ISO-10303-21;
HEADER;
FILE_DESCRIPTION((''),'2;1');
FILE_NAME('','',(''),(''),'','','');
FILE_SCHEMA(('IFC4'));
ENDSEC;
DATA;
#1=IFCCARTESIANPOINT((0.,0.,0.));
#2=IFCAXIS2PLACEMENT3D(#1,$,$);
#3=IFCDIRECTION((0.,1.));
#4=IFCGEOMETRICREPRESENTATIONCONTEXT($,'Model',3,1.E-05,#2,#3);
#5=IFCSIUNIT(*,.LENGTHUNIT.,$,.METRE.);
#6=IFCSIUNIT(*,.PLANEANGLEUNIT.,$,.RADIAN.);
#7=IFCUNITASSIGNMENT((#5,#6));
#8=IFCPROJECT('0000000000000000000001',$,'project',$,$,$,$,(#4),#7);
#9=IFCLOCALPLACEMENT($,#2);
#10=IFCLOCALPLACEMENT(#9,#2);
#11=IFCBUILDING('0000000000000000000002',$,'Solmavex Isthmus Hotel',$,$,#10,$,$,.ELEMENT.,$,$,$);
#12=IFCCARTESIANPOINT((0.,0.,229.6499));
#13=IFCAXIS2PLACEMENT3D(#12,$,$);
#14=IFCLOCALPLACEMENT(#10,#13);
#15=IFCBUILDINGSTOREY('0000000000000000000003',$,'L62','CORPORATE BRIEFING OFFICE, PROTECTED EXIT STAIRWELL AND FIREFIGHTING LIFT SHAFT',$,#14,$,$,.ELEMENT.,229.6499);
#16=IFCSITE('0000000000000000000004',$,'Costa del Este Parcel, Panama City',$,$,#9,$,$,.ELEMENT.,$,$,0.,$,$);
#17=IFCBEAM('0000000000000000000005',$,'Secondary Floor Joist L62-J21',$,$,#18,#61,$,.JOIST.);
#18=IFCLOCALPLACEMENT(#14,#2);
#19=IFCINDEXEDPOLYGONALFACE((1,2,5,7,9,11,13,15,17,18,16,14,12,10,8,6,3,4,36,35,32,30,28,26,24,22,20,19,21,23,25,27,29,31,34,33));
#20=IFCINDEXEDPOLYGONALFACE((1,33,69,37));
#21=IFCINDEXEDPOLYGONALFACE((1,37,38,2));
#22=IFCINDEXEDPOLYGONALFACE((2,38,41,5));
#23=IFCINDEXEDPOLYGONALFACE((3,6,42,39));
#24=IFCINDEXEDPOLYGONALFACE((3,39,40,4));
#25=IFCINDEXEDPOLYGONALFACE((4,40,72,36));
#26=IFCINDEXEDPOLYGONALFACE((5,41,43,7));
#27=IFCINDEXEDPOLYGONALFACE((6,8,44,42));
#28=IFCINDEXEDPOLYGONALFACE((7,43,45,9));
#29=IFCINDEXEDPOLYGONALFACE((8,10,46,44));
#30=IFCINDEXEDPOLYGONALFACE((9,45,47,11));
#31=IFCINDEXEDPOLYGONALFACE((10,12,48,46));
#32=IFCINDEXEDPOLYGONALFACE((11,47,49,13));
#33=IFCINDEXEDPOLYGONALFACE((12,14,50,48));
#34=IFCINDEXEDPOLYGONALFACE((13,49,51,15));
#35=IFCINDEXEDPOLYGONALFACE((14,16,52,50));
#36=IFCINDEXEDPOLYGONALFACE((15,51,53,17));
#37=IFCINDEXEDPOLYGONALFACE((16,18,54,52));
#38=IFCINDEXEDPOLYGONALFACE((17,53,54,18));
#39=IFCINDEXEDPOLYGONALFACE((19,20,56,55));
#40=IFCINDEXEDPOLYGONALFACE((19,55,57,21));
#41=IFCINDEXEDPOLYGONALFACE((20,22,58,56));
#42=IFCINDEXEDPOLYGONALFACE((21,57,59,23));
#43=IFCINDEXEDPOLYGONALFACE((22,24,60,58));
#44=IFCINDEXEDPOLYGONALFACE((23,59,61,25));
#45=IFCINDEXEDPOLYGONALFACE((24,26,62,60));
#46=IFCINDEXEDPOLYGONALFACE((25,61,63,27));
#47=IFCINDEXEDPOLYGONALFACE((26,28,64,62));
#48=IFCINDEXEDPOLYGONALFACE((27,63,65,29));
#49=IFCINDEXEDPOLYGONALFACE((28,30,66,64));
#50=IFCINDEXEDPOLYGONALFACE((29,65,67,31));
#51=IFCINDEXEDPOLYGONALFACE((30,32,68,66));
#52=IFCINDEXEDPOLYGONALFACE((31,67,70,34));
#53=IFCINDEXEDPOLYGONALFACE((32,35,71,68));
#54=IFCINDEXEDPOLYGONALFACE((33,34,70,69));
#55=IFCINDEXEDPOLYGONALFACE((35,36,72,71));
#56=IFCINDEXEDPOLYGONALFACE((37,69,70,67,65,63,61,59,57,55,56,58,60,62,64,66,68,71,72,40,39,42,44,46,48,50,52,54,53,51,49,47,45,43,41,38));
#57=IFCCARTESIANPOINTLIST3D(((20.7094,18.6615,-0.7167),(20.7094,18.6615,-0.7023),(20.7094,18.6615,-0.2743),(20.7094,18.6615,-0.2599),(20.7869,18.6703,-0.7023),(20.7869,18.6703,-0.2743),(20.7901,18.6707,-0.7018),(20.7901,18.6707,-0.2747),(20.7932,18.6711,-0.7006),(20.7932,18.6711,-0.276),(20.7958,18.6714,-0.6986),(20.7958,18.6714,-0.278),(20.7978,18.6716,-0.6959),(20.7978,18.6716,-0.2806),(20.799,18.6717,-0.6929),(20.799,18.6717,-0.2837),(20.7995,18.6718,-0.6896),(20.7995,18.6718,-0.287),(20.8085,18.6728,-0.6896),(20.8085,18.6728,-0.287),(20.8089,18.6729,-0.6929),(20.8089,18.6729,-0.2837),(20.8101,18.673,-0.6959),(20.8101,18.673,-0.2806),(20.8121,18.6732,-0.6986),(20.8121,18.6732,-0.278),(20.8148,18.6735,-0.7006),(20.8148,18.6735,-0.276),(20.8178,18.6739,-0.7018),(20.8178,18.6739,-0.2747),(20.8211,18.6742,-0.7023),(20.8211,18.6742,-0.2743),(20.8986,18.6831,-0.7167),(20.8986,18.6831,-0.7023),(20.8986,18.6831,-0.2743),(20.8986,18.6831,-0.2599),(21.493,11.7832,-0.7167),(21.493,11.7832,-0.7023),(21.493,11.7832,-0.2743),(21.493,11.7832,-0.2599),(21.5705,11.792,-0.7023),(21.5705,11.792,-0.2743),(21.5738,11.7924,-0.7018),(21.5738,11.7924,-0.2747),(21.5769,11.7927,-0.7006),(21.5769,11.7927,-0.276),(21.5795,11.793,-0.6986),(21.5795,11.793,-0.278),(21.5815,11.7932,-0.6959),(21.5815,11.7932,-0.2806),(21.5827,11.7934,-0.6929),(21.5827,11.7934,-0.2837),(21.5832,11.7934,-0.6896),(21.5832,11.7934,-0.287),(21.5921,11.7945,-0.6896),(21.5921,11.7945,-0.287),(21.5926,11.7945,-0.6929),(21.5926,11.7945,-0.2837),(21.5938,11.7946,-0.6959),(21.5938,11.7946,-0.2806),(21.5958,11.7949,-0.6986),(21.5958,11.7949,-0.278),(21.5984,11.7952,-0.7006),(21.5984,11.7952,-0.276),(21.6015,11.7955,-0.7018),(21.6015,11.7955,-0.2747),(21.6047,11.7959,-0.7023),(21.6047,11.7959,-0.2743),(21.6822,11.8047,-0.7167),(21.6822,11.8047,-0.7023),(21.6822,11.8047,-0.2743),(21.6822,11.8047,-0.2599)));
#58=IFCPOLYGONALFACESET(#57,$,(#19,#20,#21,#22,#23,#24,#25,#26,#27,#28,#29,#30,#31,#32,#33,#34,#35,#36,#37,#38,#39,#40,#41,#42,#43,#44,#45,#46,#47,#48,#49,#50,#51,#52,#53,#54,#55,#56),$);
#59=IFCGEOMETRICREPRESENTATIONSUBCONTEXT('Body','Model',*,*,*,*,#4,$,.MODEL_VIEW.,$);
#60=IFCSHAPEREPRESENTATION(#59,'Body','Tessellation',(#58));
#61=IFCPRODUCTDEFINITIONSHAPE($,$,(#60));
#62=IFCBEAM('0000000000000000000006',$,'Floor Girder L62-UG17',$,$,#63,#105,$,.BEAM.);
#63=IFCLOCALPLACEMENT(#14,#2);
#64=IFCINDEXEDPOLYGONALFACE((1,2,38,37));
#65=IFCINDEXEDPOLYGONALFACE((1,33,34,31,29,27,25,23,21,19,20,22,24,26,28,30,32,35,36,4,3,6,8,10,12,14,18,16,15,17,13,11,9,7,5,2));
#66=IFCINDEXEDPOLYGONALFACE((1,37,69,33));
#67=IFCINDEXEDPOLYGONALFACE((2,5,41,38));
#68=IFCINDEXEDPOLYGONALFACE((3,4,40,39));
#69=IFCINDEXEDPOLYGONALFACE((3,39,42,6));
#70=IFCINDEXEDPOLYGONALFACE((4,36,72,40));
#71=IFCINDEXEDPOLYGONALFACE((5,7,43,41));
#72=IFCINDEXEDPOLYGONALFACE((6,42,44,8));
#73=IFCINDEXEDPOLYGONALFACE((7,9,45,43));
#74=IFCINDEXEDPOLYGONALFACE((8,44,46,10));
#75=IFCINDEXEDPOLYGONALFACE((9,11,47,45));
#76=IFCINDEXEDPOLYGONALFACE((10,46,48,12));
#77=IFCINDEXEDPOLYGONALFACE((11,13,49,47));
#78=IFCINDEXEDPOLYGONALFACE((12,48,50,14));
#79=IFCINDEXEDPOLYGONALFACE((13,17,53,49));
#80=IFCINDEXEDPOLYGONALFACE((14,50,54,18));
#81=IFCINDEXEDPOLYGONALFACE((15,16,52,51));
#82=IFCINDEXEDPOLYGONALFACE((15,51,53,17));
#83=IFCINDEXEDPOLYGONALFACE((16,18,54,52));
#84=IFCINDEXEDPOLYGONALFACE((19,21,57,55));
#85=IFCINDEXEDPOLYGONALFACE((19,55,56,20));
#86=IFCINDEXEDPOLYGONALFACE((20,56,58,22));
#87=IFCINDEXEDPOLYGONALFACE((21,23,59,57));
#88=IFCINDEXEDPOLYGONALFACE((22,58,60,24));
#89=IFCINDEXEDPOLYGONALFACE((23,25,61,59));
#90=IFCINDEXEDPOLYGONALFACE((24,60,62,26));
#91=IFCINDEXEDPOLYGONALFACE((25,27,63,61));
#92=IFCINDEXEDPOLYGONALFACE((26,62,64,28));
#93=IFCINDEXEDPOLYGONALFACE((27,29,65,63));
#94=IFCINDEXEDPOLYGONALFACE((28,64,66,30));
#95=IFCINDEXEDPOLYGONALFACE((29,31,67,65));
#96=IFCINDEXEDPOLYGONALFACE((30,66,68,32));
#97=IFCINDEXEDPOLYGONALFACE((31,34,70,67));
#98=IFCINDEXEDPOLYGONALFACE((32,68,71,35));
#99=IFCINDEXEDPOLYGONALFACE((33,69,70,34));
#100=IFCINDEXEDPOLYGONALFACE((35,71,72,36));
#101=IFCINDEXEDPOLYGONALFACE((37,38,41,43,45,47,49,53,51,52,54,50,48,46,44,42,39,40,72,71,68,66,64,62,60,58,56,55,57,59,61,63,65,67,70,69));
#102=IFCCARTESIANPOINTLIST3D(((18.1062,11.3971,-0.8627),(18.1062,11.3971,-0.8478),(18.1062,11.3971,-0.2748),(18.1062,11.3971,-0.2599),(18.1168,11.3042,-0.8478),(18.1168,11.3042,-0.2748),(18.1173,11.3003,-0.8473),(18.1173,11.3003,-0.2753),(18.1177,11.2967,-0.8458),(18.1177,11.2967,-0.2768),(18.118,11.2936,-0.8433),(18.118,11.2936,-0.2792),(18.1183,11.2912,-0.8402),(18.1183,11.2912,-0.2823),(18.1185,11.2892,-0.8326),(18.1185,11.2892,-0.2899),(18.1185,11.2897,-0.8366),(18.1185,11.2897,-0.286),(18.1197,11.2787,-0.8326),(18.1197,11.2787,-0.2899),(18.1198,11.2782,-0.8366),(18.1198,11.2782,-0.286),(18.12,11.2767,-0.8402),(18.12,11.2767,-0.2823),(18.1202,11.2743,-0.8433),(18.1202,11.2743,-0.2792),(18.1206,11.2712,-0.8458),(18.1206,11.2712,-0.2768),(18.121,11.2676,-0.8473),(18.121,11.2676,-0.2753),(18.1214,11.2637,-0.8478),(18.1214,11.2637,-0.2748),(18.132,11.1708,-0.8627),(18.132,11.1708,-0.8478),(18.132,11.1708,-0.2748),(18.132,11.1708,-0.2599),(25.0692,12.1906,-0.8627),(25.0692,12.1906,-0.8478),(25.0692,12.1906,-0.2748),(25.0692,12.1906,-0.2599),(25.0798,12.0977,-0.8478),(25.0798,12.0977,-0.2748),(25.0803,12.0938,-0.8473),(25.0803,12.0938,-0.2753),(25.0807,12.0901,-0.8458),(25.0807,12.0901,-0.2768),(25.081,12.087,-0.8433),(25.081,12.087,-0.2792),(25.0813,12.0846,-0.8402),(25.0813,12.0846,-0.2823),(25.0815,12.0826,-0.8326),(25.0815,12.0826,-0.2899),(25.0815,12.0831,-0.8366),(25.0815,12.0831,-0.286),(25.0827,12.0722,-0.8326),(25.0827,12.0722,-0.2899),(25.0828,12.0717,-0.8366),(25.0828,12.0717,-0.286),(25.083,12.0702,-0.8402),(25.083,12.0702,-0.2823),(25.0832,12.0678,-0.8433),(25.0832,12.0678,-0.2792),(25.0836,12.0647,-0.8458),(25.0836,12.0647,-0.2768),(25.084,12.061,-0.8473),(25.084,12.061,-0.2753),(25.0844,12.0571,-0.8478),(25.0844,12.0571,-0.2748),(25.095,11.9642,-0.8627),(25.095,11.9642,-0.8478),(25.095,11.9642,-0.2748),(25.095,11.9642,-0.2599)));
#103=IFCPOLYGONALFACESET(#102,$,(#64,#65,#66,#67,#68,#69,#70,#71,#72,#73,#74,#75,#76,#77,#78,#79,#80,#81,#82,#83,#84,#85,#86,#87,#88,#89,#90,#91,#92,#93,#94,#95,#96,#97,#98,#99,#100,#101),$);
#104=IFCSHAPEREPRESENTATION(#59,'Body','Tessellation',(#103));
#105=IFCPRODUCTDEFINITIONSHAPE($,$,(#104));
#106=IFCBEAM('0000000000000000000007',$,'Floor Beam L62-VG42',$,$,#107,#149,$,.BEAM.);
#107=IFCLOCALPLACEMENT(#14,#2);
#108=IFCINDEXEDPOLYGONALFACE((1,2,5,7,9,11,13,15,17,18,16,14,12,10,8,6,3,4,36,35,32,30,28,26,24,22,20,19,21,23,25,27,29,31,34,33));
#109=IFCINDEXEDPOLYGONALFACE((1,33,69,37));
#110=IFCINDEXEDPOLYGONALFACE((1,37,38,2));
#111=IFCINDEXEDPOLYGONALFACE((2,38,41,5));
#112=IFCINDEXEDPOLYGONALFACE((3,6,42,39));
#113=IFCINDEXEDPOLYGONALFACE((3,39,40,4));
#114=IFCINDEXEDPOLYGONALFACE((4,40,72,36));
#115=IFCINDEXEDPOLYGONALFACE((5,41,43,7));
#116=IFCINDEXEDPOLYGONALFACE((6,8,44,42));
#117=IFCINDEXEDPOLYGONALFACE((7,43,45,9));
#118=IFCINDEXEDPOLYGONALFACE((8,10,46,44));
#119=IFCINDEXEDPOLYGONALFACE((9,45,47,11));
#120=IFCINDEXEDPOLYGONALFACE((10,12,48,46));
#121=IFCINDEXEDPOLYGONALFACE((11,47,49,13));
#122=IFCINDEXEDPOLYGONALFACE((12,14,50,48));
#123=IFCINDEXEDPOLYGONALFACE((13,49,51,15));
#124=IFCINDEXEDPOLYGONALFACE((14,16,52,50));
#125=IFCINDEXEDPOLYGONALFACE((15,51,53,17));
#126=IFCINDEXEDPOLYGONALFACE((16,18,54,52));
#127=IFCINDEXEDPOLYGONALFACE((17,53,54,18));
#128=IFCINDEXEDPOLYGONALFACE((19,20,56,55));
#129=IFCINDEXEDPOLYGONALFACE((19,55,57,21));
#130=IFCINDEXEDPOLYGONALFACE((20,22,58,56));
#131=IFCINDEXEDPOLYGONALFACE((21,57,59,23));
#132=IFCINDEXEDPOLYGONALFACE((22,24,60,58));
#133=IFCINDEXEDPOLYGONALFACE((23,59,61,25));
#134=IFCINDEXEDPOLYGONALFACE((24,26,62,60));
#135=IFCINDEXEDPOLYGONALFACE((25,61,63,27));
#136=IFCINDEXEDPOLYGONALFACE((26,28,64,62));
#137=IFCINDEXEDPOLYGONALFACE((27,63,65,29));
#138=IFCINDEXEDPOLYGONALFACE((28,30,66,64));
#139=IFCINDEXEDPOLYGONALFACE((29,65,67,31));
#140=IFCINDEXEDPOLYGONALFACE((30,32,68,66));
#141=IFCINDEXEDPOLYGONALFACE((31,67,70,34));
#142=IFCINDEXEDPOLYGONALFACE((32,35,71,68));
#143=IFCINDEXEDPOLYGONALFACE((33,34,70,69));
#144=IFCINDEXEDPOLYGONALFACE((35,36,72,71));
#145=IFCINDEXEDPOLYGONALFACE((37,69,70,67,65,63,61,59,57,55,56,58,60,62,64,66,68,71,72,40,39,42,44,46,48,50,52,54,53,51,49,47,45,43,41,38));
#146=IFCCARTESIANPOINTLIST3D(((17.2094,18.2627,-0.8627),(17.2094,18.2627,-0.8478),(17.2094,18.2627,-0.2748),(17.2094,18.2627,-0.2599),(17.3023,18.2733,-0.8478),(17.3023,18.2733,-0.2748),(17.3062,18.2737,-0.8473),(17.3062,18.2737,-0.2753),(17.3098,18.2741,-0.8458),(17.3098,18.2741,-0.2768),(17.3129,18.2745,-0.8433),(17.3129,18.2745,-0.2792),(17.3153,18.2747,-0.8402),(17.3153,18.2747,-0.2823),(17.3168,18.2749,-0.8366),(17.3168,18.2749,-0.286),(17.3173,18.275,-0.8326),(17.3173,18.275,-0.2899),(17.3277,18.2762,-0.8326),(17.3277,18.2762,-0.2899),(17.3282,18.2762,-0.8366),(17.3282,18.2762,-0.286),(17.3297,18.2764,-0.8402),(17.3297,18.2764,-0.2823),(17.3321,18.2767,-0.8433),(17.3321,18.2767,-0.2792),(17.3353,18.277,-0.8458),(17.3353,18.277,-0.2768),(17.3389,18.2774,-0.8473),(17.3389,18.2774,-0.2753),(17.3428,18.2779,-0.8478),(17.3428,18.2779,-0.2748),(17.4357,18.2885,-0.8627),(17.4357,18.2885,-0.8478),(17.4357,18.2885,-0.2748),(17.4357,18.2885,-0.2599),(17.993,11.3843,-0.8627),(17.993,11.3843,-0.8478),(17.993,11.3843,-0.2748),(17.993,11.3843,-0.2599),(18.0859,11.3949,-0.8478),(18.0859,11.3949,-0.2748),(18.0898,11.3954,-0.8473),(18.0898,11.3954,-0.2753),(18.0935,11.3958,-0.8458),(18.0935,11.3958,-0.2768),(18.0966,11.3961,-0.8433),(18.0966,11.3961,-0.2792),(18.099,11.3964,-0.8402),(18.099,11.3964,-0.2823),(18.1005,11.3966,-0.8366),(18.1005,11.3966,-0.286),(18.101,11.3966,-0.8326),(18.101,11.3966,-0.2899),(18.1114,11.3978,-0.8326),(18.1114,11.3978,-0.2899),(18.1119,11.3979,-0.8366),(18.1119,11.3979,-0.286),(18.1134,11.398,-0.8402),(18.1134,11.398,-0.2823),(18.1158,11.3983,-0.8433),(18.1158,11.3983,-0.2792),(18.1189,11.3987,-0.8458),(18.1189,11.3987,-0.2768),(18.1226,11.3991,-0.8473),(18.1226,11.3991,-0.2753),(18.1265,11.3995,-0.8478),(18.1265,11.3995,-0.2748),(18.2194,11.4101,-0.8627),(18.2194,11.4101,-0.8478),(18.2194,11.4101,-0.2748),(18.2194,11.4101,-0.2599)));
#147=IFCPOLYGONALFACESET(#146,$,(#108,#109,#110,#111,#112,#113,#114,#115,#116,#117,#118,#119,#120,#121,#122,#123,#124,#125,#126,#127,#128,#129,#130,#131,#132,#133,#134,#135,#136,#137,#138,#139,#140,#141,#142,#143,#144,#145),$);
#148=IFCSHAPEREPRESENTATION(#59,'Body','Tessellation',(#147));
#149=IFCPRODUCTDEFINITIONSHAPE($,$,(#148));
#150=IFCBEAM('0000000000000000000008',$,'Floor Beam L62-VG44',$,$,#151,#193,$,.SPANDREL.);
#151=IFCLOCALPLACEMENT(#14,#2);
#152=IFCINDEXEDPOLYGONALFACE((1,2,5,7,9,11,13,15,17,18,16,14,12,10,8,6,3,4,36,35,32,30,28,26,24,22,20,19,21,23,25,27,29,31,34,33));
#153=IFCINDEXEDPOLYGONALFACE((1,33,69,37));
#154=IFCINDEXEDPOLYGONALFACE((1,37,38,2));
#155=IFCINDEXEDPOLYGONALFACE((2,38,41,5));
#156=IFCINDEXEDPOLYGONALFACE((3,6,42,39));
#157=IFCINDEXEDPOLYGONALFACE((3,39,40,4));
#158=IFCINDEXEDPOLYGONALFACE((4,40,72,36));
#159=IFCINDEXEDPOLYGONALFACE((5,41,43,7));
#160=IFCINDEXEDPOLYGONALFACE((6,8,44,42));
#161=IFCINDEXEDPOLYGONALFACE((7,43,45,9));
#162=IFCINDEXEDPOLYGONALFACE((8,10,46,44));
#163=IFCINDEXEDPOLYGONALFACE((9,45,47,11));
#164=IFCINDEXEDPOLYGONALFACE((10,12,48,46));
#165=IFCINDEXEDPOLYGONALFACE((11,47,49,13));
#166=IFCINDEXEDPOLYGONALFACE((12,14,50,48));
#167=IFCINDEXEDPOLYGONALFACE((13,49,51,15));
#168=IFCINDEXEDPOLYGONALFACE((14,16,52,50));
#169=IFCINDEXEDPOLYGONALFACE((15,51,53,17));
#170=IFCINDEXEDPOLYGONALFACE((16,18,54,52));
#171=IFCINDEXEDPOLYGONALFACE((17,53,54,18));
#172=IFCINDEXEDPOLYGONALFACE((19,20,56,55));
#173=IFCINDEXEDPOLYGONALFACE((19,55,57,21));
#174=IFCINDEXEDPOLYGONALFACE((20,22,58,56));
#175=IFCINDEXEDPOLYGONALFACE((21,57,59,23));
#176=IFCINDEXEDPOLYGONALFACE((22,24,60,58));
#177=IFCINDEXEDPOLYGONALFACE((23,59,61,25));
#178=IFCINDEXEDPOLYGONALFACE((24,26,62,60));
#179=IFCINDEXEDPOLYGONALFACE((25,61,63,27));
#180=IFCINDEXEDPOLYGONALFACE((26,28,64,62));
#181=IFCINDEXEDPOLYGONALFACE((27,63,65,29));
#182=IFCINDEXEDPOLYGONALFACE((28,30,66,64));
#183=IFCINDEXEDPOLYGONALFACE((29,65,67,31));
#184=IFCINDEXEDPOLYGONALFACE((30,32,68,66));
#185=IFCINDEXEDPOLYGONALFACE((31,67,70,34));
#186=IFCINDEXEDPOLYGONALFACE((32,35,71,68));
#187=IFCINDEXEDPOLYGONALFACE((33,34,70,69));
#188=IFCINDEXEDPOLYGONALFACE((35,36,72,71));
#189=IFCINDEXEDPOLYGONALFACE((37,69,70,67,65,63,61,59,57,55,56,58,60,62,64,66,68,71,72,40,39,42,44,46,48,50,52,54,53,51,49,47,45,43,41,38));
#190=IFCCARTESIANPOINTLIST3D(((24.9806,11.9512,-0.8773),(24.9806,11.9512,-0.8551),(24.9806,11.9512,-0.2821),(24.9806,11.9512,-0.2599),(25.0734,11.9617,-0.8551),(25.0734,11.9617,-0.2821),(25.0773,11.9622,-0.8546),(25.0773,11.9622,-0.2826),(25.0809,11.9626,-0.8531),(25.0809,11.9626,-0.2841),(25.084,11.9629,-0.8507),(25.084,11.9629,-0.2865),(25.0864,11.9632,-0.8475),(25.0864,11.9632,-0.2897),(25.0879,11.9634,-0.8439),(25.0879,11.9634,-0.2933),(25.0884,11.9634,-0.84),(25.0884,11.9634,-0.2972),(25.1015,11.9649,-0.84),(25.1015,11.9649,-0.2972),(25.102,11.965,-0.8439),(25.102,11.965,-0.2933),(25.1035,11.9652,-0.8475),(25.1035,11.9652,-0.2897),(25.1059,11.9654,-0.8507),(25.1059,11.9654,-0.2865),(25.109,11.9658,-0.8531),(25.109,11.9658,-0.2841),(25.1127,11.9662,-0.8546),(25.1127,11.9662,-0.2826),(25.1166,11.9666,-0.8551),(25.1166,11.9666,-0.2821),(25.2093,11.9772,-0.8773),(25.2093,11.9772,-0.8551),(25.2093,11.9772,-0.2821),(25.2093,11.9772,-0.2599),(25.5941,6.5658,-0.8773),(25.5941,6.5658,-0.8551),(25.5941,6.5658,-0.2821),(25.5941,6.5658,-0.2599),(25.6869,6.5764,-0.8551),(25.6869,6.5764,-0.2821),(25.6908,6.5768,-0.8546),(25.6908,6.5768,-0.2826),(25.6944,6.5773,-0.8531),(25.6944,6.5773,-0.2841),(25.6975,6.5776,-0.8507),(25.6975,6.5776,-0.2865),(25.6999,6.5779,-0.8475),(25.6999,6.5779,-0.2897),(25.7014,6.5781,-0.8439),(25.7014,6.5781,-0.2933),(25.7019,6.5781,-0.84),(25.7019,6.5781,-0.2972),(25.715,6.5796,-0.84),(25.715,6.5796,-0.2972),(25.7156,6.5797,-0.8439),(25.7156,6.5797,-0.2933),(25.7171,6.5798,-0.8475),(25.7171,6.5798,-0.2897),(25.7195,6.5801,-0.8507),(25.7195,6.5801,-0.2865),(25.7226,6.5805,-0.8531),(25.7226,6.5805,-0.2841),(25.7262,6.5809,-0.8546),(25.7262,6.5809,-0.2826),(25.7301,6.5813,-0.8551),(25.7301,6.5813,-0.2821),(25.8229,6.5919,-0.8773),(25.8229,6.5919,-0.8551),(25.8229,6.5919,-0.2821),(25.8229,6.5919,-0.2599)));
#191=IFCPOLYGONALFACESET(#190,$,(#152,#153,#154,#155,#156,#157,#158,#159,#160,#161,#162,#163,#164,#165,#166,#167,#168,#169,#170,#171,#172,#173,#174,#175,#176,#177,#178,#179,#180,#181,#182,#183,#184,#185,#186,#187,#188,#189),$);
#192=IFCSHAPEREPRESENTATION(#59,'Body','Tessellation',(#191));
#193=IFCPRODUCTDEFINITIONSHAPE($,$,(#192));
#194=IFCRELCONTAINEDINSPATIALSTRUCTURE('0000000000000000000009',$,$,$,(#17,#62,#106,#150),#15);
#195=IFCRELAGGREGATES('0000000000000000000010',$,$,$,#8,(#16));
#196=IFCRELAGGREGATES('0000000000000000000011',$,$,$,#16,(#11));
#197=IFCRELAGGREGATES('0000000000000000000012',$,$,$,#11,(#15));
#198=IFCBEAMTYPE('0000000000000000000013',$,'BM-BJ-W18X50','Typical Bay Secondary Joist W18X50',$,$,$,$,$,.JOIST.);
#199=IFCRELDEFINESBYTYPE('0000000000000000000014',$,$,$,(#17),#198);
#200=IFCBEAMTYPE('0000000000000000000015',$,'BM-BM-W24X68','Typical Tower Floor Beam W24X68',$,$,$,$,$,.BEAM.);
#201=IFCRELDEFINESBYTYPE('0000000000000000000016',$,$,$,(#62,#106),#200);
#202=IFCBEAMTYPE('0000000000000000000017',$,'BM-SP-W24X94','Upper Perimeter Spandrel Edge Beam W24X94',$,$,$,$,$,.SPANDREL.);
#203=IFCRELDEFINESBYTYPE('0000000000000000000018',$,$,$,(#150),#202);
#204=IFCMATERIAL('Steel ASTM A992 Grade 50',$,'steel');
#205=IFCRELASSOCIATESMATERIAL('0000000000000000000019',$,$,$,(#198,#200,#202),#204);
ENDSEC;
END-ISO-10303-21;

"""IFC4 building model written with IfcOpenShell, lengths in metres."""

from ifc_helpers import new_model, si_unit, direction, frame, origin, origin_2d, place, context, subcontext, project, spatial, i_section, extrude, material, material_profile, profile_set, type_object, element, save


model = new_model("IFC4")

# Units and contexts
model_context = context("Model", 3, precision=1e-05, world=origin(), true_north=direction((0.0, 1.0)))
body_context = subcontext(model_context, "Body", "Model", "MODEL_VIEW")
ifc_project = project(units=[si_unit("LENGTHUNIT", "METRE"), si_unit("PLANEANGLEUNIT", "RADIAN")], contexts=[model_context])

# Site, building, storey
site_placement = place(None, origin())
site = spatial("IfcSite", under=ifc_project, at=site_placement, Name="Costa del Este Parcel, Panama City", CompositionType="ELEMENT", RefElevation=0.0)
building_placement = place(site_placement, origin())
building = spatial("IfcBuilding", under=site, at=building_placement, Name="Solmavex Isthmus Hotel", CompositionType="ELEMENT")
storey_placement = place(building_placement, frame((0.0, 0.0, 229.6499)))
storey = spatial("IfcBuildingStorey", under=building, at=storey_placement, Name="L62", Description="CORPORATE BRIEFING OFFICE, PROTECTED EXIT STAIRWELL AND FIREFIGHTING LIFT SHAFT", CompositionType="ELEMENT", Elevation=229.6499)

# Beams
ifc_material_1 = material(Name="Steel ASTM A992 Grade 50", Category="steel")
ifc_material_profile_1 = material_profile(ifc_material_1, i_section(OverallWidth=0.1904, OverallDepth=0.4568, WebThickness=0.009, FlangeThickness=0.0144, FilletRadius=0.0127, at=origin_2d()), Name="W18X50")
ifc_profile_set_1 = profile_set([ifc_material_profile_1], Name="Steel ASTM A992 Grade 50")
beam_type_1 = type_object("IfcBeamType", Name="BM-BJ-W18X50", Description="Typical Bay Secondary Joist W18X50", PredefinedType="JOIST", material=ifc_profile_set_1)
beam_1_placement = place(storey_placement, frame((21.5876, 11.7939, -0.4883), z_axis=(-0.113202, 0.993572, 0.0), x_axis=(-0.993572, -0.113202, 0.0)))
element("IfcBeam", 1, at=beam_1_placement, inside=storey, type_object=beam_type_1, Name="Secondary Floor Joist L62-J21", PredefinedType="JOIST", context=body_context, shape_type="SweptSolid", body=[
    extrude(i_section(OverallWidth=0.1904, OverallDepth=0.4568, WebThickness=0.009, FlangeThickness=0.0144, FilletRadius=0.0127, at=origin_2d()), origin(), (0.0, 0.0, 1.0), 6.9229),
])
ifc_material_profile_2 = material_profile(ifc_material_1, i_section(OverallWidth=0.2278, OverallDepth=0.6028, WebThickness=0.0105, FlangeThickness=0.0149, FilletRadius=0.0151, at=origin_2d()), Name="W24X68")
ifc_profile_set_2 = profile_set([ifc_material_profile_2], Name="Steel ASTM A992 Grade 50")
beam_type_2 = type_object("IfcBeamType", Name="BM-BM-W24X68", Description="Typical Tower Floor Beam W24X68", PredefinedType="BEAM", material=ifc_profile_set_2)
beam_2_placement = place(storey_placement, frame((18.1191, 11.2839, -0.5613), z_axis=(0.99357, 0.113222, 0.0), x_axis=(-0.113222, 0.99357, 0.0)))
element("IfcBeam", 2, at=beam_2_placement, inside=storey, type_object=beam_type_2, Name="Floor Girder L62-UG17", PredefinedType="BEAM", context=body_context, shape_type="SweptSolid", body=[
    extrude(i_section(OverallWidth=0.2278, OverallDepth=0.6028, WebThickness=0.0105, FlangeThickness=0.0149, FilletRadius=0.0151, at=origin_2d()), origin(), (0.0, 0.0, 1.0), 7.0081),
])
beam_3_placement = place(storey_placement, frame((18.1062, 11.3972, -0.5613), z_axis=(-0.113202, 0.993572, 0.0), x_axis=(-0.993572, -0.113202, 0.0)))
element("IfcBeam", 3, at=beam_3_placement, inside=storey, type_object=beam_type_2, Name="Floor Beam L62-VG42", PredefinedType="BEAM", context=body_context, shape_type="SweptSolid", body=[
    extrude(i_section(OverallWidth=0.2278, OverallDepth=0.6028, WebThickness=0.0105, FlangeThickness=0.0149, FilletRadius=0.0151, at=origin_2d()), origin(), (0.0, 0.0, 1.0), 6.9229),
])
ifc_material_profile_3 = material_profile(ifc_material_1, i_section(OverallWidth=0.2302, OverallDepth=0.6174, WebThickness=0.0132, FlangeThickness=0.0222, FilletRadius=0.0151, at=origin_2d()), Name="W24X94")
ifc_profile_set_3 = profile_set([ifc_material_profile_3], Name="Steel ASTM A992 Grade 50")
beam_type_3 = type_object("IfcBeamType", Name="BM-SP-W24X94", Description="Upper Perimeter Spandrel Edge Beam W24X94", PredefinedType="SPANDREL", material=ifc_profile_set_3)
beam_4_placement = place(storey_placement, frame((25.7085, 6.5789, -0.5686), z_axis=(-0.113195, 0.993573, 0.0), x_axis=(-0.993573, -0.113195, 0.0)))
element("IfcBeam", 4, at=beam_4_placement, inside=storey, type_object=beam_type_3, Name="Floor Beam L62-VG44", PredefinedType="SPANDREL", context=body_context, shape_type="SweptSolid", body=[
    extrude(i_section(OverallWidth=0.2302, OverallDepth=0.6174, WebThickness=0.0132, FlangeThickness=0.0222, FilletRadius=0.0151, at=origin_2d()), origin(), (0.0, 0.0, 1.0), 5.4202),
])

save(model, "model.ifc")
